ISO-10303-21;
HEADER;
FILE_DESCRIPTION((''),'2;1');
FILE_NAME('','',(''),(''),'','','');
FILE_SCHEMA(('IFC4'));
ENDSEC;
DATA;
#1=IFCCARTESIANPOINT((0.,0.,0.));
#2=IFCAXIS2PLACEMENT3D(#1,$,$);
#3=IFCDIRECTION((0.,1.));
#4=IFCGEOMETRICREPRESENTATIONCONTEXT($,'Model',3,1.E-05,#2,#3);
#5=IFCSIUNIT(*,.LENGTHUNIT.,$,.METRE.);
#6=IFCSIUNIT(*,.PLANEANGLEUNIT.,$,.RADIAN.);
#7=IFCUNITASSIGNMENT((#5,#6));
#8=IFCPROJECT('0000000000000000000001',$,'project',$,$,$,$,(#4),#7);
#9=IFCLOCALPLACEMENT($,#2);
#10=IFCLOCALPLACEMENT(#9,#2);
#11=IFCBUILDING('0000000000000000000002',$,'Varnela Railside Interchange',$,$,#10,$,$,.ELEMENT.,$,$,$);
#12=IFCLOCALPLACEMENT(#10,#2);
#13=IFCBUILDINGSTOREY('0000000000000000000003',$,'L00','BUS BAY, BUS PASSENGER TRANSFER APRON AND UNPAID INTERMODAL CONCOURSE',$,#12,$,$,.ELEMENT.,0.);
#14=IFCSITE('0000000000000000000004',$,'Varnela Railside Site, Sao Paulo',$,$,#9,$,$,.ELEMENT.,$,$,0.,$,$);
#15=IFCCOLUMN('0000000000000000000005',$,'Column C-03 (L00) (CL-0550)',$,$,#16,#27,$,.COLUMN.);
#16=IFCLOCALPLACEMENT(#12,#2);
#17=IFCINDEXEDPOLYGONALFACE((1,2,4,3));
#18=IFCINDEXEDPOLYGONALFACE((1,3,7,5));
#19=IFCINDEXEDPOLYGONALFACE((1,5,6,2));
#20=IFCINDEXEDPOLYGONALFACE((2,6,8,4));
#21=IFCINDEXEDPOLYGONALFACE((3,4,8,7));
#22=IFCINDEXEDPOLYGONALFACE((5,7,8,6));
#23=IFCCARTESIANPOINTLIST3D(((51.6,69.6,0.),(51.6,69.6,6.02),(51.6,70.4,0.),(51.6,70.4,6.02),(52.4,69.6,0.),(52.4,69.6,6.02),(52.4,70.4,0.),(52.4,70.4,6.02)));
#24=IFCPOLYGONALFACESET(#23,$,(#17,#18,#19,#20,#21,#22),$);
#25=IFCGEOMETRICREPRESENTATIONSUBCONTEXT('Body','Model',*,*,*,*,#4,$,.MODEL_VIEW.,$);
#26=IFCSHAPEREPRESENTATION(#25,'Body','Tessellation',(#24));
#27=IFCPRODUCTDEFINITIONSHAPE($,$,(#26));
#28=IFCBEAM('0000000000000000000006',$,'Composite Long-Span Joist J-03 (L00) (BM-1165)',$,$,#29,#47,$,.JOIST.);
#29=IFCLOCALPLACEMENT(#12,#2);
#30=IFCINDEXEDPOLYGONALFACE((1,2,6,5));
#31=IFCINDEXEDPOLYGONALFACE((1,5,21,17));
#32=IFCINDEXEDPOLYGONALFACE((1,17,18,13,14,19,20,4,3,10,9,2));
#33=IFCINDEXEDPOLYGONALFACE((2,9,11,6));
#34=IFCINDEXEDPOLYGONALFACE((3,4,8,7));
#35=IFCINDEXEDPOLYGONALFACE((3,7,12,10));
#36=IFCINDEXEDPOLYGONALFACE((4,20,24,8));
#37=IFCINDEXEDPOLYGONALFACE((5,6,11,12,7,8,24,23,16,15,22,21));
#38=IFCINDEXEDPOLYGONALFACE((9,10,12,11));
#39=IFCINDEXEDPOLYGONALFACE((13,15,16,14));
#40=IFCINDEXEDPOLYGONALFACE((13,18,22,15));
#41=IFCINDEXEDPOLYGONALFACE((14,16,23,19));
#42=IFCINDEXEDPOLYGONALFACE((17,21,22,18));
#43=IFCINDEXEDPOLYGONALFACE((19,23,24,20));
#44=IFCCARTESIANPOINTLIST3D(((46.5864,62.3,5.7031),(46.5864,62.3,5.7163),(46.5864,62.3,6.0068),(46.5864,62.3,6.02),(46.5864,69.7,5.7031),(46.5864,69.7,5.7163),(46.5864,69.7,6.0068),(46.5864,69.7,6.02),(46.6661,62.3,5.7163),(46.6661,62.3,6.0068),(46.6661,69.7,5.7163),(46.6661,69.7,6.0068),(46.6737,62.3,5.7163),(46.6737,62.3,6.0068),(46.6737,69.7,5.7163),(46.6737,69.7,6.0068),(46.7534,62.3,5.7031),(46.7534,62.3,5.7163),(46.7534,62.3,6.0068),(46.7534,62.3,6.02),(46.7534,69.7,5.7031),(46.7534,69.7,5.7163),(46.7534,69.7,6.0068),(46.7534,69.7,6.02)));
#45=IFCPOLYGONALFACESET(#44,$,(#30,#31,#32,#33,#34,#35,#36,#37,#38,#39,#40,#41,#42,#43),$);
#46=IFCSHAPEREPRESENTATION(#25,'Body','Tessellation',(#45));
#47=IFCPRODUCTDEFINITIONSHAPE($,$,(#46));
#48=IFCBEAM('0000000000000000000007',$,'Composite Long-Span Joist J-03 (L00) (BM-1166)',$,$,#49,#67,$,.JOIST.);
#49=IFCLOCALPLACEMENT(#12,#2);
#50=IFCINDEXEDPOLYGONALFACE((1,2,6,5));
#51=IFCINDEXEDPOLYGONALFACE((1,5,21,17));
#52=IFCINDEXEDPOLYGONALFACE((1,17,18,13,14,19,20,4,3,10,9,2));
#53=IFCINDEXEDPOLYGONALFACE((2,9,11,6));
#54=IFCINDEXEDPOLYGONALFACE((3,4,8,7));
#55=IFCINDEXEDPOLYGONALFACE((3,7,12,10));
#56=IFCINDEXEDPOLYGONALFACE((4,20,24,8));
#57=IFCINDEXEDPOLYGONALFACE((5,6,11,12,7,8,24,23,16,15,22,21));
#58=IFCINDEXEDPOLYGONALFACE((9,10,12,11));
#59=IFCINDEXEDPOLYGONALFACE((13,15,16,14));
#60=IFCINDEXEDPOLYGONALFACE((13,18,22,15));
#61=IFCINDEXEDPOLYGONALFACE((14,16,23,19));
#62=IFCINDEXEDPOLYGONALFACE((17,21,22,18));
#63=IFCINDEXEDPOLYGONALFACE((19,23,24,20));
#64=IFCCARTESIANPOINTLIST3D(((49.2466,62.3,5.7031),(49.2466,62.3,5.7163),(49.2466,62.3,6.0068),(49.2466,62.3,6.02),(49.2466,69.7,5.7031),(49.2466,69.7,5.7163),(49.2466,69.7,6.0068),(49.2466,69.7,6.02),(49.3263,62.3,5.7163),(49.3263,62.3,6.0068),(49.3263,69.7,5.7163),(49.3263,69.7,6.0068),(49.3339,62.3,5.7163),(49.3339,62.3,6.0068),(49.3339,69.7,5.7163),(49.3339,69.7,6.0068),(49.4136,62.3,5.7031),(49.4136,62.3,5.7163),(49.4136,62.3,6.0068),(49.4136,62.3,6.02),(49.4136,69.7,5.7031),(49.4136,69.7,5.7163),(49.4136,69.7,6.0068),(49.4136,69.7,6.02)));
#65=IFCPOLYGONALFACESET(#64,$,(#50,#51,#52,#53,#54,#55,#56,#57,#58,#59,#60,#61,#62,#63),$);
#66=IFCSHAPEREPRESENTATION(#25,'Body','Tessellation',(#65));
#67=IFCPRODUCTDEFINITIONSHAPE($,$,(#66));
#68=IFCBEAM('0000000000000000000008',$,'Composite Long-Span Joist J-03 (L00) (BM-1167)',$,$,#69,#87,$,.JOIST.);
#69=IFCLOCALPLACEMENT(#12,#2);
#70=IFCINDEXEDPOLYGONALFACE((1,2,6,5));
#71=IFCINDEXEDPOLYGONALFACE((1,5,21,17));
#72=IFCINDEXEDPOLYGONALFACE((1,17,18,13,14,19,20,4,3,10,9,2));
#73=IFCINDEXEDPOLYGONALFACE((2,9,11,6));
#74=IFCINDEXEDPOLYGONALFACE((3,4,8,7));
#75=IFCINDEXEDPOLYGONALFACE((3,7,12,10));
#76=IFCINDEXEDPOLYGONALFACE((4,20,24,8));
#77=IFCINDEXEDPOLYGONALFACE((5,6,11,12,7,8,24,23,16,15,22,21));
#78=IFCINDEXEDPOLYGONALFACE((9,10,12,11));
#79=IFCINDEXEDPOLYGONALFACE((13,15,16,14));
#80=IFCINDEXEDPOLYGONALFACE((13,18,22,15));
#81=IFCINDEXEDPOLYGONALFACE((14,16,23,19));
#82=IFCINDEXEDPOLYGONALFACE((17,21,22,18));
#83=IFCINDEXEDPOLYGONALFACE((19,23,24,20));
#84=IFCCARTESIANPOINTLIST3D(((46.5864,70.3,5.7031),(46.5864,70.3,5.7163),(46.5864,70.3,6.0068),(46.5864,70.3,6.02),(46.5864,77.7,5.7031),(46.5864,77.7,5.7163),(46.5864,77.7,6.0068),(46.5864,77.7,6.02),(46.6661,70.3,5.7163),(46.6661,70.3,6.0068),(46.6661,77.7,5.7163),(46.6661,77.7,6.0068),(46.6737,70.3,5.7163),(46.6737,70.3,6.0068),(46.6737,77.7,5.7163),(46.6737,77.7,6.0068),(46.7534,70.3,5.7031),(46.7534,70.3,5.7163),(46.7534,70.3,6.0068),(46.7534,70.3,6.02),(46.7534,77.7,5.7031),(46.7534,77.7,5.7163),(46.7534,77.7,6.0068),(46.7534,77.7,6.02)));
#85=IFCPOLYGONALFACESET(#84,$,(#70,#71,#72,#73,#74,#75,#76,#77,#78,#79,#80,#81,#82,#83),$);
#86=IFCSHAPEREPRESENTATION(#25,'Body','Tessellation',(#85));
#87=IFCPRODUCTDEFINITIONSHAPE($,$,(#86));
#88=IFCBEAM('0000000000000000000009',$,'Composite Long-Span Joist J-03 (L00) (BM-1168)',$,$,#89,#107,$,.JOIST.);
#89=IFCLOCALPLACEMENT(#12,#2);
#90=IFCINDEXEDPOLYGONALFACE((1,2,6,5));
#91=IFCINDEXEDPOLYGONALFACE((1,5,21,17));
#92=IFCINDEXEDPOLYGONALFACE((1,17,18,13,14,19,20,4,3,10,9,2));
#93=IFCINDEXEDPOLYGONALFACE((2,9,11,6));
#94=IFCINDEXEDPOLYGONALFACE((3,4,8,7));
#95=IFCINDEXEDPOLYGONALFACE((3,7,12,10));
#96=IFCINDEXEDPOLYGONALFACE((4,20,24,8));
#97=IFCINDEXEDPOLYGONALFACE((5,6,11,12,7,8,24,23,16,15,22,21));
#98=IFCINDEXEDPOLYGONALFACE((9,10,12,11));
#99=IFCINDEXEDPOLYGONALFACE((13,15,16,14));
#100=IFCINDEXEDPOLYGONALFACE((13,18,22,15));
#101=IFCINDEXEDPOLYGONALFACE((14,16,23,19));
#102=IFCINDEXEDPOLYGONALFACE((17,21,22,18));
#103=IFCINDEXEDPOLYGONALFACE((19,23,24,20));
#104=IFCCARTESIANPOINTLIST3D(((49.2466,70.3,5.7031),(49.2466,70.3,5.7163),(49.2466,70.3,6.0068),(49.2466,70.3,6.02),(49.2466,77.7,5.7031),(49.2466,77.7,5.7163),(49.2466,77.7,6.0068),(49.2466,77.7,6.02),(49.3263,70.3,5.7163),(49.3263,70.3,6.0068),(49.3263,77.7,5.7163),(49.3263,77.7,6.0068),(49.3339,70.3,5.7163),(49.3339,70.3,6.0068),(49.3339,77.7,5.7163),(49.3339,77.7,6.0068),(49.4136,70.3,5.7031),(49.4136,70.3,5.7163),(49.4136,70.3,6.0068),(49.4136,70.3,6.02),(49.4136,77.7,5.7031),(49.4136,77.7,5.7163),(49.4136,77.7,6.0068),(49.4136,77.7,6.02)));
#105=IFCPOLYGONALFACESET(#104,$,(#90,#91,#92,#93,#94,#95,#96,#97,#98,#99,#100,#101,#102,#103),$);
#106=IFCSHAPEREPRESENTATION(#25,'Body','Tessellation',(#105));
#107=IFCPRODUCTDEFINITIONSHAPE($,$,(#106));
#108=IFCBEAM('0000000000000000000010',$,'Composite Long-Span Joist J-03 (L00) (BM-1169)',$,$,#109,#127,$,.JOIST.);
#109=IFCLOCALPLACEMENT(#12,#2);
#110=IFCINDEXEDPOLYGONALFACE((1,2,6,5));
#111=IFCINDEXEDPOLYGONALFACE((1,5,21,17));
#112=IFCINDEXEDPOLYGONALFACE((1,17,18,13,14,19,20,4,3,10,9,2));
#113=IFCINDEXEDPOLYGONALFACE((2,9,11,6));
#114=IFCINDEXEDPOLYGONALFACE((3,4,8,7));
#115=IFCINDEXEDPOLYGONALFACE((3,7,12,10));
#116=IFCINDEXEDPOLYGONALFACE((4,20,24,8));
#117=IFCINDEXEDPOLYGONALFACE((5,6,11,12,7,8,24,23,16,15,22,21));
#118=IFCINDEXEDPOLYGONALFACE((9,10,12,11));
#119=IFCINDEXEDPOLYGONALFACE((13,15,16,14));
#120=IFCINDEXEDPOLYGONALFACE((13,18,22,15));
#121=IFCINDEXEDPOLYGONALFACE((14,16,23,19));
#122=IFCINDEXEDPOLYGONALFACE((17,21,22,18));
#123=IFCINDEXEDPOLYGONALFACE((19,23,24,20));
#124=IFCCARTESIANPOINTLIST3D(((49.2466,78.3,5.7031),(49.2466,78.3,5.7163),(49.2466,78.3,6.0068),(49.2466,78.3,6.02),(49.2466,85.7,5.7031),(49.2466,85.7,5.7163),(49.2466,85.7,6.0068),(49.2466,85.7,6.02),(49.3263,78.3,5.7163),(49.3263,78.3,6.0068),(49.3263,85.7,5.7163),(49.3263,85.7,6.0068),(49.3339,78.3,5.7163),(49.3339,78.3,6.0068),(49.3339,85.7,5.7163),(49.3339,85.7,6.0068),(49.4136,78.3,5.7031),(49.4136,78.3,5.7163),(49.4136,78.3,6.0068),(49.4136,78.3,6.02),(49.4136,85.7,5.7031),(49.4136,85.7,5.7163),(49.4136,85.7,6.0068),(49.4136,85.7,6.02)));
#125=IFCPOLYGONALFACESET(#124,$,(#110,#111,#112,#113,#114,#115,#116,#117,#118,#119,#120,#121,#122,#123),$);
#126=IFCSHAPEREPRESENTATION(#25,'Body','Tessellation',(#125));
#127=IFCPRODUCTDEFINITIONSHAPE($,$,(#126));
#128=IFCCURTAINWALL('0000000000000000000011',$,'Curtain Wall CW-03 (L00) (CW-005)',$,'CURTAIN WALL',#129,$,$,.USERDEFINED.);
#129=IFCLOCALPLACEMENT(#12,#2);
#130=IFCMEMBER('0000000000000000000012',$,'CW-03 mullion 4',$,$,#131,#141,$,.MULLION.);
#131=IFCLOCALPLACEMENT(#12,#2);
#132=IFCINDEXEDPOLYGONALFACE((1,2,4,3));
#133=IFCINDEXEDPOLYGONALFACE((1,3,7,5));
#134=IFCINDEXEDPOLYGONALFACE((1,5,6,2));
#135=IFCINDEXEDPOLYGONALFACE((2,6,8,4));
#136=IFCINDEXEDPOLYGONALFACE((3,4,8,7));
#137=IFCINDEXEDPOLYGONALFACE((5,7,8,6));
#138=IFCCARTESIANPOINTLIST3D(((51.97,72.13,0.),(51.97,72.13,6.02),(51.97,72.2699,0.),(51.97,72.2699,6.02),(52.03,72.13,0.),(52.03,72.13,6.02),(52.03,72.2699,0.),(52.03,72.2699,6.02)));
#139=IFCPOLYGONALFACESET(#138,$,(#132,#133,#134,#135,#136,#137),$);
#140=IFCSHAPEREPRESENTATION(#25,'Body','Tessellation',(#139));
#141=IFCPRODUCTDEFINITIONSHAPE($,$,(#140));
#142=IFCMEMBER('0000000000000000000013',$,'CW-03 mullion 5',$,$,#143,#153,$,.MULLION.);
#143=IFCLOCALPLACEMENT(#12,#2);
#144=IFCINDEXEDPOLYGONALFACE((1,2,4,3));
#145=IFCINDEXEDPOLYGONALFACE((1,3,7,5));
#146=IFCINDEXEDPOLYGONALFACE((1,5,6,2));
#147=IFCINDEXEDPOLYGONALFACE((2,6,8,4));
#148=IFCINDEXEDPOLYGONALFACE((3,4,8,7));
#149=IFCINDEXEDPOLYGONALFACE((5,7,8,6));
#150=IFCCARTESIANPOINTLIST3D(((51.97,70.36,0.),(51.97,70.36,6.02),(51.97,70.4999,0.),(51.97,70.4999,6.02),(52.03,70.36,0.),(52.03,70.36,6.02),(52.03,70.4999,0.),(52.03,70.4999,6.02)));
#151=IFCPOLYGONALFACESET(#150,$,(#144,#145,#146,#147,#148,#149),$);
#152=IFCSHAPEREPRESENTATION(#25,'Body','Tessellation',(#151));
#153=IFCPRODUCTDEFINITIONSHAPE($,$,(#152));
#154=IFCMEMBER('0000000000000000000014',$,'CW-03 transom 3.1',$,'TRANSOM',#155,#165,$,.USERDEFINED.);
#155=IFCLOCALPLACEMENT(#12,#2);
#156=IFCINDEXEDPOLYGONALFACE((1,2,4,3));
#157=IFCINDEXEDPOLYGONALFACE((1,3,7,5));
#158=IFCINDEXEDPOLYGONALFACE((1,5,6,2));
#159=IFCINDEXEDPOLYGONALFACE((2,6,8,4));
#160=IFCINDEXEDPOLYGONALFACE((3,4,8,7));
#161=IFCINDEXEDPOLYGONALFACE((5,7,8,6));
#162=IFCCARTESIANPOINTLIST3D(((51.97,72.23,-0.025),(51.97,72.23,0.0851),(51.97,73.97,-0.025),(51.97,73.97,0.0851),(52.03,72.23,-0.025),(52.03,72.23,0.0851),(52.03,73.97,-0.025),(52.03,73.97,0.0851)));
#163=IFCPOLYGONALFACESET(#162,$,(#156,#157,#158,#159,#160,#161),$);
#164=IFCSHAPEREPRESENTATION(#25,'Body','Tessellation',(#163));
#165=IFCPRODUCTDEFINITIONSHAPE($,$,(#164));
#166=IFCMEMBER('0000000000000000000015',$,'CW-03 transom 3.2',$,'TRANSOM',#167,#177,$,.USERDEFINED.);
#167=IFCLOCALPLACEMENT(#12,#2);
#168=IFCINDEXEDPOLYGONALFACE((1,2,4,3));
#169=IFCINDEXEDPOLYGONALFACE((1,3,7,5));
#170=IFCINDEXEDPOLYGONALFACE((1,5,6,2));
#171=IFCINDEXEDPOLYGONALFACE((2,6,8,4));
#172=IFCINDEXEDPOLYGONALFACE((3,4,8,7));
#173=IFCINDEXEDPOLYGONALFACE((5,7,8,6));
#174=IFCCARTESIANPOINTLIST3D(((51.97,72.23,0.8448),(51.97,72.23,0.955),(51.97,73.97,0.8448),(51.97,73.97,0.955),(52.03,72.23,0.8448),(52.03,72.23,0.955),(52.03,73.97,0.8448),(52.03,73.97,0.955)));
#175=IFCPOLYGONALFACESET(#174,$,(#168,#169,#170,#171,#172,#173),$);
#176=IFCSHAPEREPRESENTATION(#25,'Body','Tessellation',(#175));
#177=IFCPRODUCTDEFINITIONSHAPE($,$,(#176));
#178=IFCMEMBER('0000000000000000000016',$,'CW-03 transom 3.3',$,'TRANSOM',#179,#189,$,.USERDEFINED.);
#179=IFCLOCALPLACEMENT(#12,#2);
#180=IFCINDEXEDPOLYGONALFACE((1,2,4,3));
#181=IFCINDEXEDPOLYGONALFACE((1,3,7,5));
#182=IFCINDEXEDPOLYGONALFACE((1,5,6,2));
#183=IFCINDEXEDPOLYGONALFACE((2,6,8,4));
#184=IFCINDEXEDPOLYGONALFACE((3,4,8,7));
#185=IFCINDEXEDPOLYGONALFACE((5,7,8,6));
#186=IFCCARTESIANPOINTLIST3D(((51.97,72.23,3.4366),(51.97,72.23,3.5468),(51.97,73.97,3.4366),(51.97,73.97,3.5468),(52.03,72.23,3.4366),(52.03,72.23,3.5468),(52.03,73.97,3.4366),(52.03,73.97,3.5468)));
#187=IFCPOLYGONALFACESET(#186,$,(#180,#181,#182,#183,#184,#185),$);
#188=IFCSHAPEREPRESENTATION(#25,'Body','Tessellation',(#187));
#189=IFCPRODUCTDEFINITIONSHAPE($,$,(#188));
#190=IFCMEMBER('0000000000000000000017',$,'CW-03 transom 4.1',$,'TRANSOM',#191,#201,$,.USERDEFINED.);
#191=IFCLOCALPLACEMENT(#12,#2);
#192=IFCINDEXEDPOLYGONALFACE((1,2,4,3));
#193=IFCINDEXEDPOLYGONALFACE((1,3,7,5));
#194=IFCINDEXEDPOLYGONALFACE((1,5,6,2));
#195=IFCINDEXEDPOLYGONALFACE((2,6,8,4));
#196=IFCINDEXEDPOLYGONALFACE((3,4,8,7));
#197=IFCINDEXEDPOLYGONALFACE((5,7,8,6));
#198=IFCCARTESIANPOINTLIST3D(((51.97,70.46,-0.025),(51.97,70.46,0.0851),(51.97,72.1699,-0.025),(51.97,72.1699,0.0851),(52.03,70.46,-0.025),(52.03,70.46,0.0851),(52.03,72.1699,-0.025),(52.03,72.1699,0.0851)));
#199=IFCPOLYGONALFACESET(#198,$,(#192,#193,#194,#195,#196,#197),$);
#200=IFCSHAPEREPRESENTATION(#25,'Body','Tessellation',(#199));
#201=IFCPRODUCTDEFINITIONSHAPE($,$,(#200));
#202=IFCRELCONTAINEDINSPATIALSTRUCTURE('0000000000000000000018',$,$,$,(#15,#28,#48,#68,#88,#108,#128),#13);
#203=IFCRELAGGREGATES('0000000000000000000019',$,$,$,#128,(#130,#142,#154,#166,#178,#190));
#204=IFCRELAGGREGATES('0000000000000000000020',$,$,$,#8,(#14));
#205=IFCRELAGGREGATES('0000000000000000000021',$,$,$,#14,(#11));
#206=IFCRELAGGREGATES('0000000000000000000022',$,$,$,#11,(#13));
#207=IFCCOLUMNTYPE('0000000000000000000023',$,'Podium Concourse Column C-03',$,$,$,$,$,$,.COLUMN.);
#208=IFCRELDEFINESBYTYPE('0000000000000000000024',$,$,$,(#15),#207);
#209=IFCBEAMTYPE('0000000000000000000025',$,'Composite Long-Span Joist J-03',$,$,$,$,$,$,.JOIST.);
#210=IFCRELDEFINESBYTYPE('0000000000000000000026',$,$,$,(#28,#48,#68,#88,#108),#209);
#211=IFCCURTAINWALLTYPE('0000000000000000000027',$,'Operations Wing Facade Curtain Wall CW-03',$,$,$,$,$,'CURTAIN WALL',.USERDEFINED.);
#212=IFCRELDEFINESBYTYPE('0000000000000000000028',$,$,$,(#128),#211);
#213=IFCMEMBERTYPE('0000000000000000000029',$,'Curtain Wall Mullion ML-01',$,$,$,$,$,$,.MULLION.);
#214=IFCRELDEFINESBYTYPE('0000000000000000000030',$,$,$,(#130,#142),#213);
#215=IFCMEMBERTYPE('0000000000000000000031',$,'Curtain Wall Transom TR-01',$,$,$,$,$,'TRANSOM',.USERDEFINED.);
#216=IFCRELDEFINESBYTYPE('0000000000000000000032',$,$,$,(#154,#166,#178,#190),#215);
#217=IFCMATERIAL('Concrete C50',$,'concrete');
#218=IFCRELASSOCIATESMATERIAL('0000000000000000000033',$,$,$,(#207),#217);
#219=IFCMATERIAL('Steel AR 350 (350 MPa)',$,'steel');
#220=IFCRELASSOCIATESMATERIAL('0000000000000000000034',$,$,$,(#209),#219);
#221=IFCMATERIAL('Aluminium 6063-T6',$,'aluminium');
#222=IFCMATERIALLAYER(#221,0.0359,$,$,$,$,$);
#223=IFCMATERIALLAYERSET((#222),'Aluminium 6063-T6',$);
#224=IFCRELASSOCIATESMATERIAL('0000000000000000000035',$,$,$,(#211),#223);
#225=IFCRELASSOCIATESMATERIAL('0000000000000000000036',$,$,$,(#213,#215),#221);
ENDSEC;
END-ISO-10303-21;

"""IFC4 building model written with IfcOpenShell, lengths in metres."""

from ifc_helpers import new_model, si_unit, direction, frame, origin, origin_2d, place, context, subcontext, project, spatial, rectangle, i_section, extrude, material, layer, layer_set, material_profile, profile_set, type_object, element, aggregate, save


model = new_model("IFC4")

# Units and contexts
model_context = context("Model", 3, precision=1e-05, world=origin(), true_north=direction((0.0, 1.0)))
body_context = subcontext(model_context, "Body", "Model", "MODEL_VIEW")
ifc_project = project(units=[si_unit("LENGTHUNIT", "METRE"), si_unit("PLANEANGLEUNIT", "RADIAN")], contexts=[model_context])

# Site, building, storey
site_placement = place(None, origin())
site = spatial("IfcSite", under=ifc_project, at=site_placement, Name="Varnela Railside Site, Sao Paulo", CompositionType="ELEMENT", RefElevation=0.0)
building_placement = place(site_placement, origin())
building = spatial("IfcBuilding", under=site, at=building_placement, Name="Varnela Railside Interchange", CompositionType="ELEMENT")
storey_placement = place(building_placement, origin())
storey = spatial("IfcBuildingStorey", under=building, at=storey_placement, Name="L00", Description="BUS BAY, BUS PASSENGER TRANSFER APRON AND UNPAID INTERMODAL CONCOURSE", CompositionType="ELEMENT", Elevation=0.0)

# Column
ifc_material_1 = material(Name="Concrete C50", Category="concrete")
ifc_material_profile_1 = material_profile(ifc_material_1, rectangle(XDim=0.8, YDim=0.8, at=origin_2d()), Name="RC 800x800")
ifc_profile_set_1 = profile_set([ifc_material_profile_1], Name="Concrete C50")
column_type = type_object("IfcColumnType", Name="Podium Concourse Column C-03", PredefinedType="COLUMN", material=ifc_profile_set_1)
column_placement = place(storey_placement, frame((52.0, 70.0, 0.0), z_axis=(0.0, 0.0, 1.0), x_axis=(1.0, 0.0, 0.0)))
element("IfcColumn", 1, at=column_placement, inside=storey, type_object=column_type, Name="Column C-03 (L00) (CL-0550)", PredefinedType="COLUMN", context=body_context, shape_type="SweptSolid", body=[
    extrude(rectangle(XDim=0.8, YDim=0.8, at=origin_2d()), origin(), (0.0, 0.0, 1.0), 6.02),
])

# Beams
ifc_material_2 = material(Name="Steel AR 350 (350 MPa)", Category="steel")
ifc_material_profile_2 = material_profile(ifc_material_2, i_section(OverallWidth=0.167, OverallDepth=0.3169, WebThickness=0.0076, FlangeThickness=0.0132, at=origin_2d()), Name="W310x52")
ifc_profile_set_2 = profile_set([ifc_material_profile_2], Name="Steel AR 350 (350 MPa)")
beam_type_1 = type_object("IfcBeamType", Name="Composite Long-Span Joist J-03", PredefinedType="JOIST", material=ifc_profile_set_2)
for number, where, z_axis, x_axis, name in (
    (2, (46.6699, 62.3, 5.8616), (0.0, 1.0, 0.0), (-1.0, 0.0, 0.0), "Composite Long-Span Joist J-03 (L00) (BM-1165)"),
    (3, (49.3301, 62.3, 5.8616), (0.0, 1.0, 0.0), (-1.0, 0.0, 0.0), "Composite Long-Span Joist J-03 (L00) (BM-1166)"),
    (4, (46.6699, 70.3, 5.8616), (0.0, 1.0, 0.0), (-1.0, 0.0, 0.0), "Composite Long-Span Joist J-03 (L00) (BM-1167)"),
    (5, (49.3301, 70.3, 5.8616), (0.0, 1.0, 0.0), (-1.0, 0.0, 0.0), "Composite Long-Span Joist J-03 (L00) (BM-1168)"),
    (6, (49.3301, 78.3, 5.8616), (0.0, 1.0, 0.0), (-1.0, 0.0, 0.0), "Composite Long-Span Joist J-03 (L00) (BM-1169)"),
):
    element("IfcBeam", number, at=place(storey_placement, frame(where, z_axis=z_axis, x_axis=x_axis)), inside=storey, type_object=beam_type_1, Name=name, PredefinedType="JOIST", context=body_context, shape_type="SweptSolid", body=[
        extrude(i_section(OverallWidth=0.167, OverallDepth=0.3169, WebThickness=0.0076, FlangeThickness=0.0132, at=origin_2d()), origin(), (0.0, 0.0, 1.0), 7.3999),
    ])

# Curtain wall, members
ifc_material_3 = material(Name="Aluminium 6063-T6", Category="aluminium")
ifc_layer_1 = layer(ifc_material_3, 0.0359)
ifc_layer_set_1 = layer_set([ifc_layer_1], Name="Aluminium 6063-T6")
curtain_wall_type = type_object("IfcCurtainWallType", Name="Operations Wing Facade Curtain Wall CW-03", ElementType="CURTAIN WALL", PredefinedType="USERDEFINED", material=ifc_layer_set_1)
curtain_wall_placement = place(storey_placement, origin())
curtain_wall = element("IfcCurtainWall", 7, at=curtain_wall_placement, inside=storey, type_object=curtain_wall_type, Name="Curtain Wall CW-03 (L00) (CW-005)", ObjectType="CURTAIN WALL", PredefinedType="USERDEFINED")
ifc_material_profile_3 = material_profile(ifc_material_3, rectangle(XDim=0.0601, YDim=0.1399, at=origin_2d()), Name="ALU 60x140")
ifc_profile_set_3 = profile_set([ifc_material_profile_3], Name="Aluminium 6063-T6")
member_type_1 = type_object("IfcMemberType", Name="Curtain Wall Mullion ML-01", PredefinedType="MULLION", material=ifc_profile_set_3)
member_1_placement = place(storey_placement, frame((52.0, 72.2, 0.0), z_axis=(0.0, 0.0, 1.0), x_axis=(1.0, 0.0, 0.0)))
member_1 = element("IfcMember", 8, at=member_1_placement, type_object=member_type_1, Name="CW-03 mullion 4", PredefinedType="MULLION", context=body_context, shape_type="SweptSolid", body=[
    extrude(rectangle(XDim=0.0601, YDim=0.1399, at=origin_2d()), origin(), (0.0, 0.0, 1.0), 6.02),
])
member_2_placement = place(storey_placement, frame((52.0, 70.4299, 0.0), z_axis=(0.0, 0.0, 1.0), x_axis=(1.0, 0.0, 0.0)))
member_2 = element("IfcMember", 9, at=member_2_placement, type_object=member_type_1, Name="CW-03 mullion 5", PredefinedType="MULLION", context=body_context, shape_type="SweptSolid", body=[
    extrude(rectangle(XDim=0.0601, YDim=0.1399, at=origin_2d()), origin(), (0.0, 0.0, 1.0), 6.02),
])
ifc_material_profile_4 = material_profile(ifc_material_3, rectangle(XDim=0.0601, YDim=0.1101, at=origin_2d()), Name="ALU 60x110")
ifc_profile_set_4 = profile_set([ifc_material_profile_4], Name="Aluminium 6063-T6")
member_type_2 = type_object("IfcMemberType", Name="Curtain Wall Transom TR-01", ElementType="TRANSOM", PredefinedType="USERDEFINED", material=ifc_profile_set_4)
member_3_placement = place(storey_placement, frame((52.0, 73.97, 0.03), z_axis=(0.0, -1.0, 0.0), x_axis=(1.0, 0.0, 0.0)))
member_3 = element("IfcMember", 10, at=member_3_placement, type_object=member_type_2, Name="CW-03 transom 3.1", ObjectType="TRANSOM", PredefinedType="USERDEFINED", context=body_context, shape_type="SweptSolid", body=[
    extrude(rectangle(XDim=0.0601, YDim=0.1101, at=origin_2d()), origin(), (0.0, 0.0, 1.0), 1.74),
])
member_4_placement = place(storey_placement, frame((52.0, 73.97, 0.8999), z_axis=(0.0, -1.0, 0.0), x_axis=(1.0, 0.0, 0.0)))
member_4 = element("IfcMember", 11, at=member_4_placement, type_object=member_type_2, Name="CW-03 transom 3.2", ObjectType="TRANSOM", PredefinedType="USERDEFINED", context=body_context, shape_type="SweptSolid", body=[
    extrude(rectangle(XDim=0.0601, YDim=0.1101, at=origin_2d()), origin(), (0.0, 0.0, 1.0), 1.74),
])
member_5_placement = place(storey_placement, frame((52.0, 73.97, 3.4917), z_axis=(0.0, -1.0, 0.0), x_axis=(1.0, 0.0, 0.0)))
member_5 = element("IfcMember", 12, at=member_5_placement, type_object=member_type_2, Name="CW-03 transom 3.3", ObjectType="TRANSOM", PredefinedType="USERDEFINED", context=body_context, shape_type="SweptSolid", body=[
    extrude(rectangle(XDim=0.0601, YDim=0.1101, at=origin_2d()), origin(), (0.0, 0.0, 1.0), 1.74),
])
member_6_placement = place(storey_placement, frame((52.0, 72.1699, 0.03), z_axis=(0.0, -1.0, 0.0), x_axis=(1.0, 0.0, 0.0)))
member_6 = element("IfcMember", 13, at=member_6_placement, type_object=member_type_2, Name="CW-03 transom 4.1", ObjectType="TRANSOM", PredefinedType="USERDEFINED", context=body_context, shape_type="SweptSolid", body=[
    extrude(rectangle(XDim=0.0601, YDim=0.1101, at=origin_2d()), origin(), (0.0, 0.0, 1.0), 1.71),
])

aggregate(curtain_wall, [member_1, member_2, member_3, member_4, member_5, member_6])

save(model, "model.ifc")
